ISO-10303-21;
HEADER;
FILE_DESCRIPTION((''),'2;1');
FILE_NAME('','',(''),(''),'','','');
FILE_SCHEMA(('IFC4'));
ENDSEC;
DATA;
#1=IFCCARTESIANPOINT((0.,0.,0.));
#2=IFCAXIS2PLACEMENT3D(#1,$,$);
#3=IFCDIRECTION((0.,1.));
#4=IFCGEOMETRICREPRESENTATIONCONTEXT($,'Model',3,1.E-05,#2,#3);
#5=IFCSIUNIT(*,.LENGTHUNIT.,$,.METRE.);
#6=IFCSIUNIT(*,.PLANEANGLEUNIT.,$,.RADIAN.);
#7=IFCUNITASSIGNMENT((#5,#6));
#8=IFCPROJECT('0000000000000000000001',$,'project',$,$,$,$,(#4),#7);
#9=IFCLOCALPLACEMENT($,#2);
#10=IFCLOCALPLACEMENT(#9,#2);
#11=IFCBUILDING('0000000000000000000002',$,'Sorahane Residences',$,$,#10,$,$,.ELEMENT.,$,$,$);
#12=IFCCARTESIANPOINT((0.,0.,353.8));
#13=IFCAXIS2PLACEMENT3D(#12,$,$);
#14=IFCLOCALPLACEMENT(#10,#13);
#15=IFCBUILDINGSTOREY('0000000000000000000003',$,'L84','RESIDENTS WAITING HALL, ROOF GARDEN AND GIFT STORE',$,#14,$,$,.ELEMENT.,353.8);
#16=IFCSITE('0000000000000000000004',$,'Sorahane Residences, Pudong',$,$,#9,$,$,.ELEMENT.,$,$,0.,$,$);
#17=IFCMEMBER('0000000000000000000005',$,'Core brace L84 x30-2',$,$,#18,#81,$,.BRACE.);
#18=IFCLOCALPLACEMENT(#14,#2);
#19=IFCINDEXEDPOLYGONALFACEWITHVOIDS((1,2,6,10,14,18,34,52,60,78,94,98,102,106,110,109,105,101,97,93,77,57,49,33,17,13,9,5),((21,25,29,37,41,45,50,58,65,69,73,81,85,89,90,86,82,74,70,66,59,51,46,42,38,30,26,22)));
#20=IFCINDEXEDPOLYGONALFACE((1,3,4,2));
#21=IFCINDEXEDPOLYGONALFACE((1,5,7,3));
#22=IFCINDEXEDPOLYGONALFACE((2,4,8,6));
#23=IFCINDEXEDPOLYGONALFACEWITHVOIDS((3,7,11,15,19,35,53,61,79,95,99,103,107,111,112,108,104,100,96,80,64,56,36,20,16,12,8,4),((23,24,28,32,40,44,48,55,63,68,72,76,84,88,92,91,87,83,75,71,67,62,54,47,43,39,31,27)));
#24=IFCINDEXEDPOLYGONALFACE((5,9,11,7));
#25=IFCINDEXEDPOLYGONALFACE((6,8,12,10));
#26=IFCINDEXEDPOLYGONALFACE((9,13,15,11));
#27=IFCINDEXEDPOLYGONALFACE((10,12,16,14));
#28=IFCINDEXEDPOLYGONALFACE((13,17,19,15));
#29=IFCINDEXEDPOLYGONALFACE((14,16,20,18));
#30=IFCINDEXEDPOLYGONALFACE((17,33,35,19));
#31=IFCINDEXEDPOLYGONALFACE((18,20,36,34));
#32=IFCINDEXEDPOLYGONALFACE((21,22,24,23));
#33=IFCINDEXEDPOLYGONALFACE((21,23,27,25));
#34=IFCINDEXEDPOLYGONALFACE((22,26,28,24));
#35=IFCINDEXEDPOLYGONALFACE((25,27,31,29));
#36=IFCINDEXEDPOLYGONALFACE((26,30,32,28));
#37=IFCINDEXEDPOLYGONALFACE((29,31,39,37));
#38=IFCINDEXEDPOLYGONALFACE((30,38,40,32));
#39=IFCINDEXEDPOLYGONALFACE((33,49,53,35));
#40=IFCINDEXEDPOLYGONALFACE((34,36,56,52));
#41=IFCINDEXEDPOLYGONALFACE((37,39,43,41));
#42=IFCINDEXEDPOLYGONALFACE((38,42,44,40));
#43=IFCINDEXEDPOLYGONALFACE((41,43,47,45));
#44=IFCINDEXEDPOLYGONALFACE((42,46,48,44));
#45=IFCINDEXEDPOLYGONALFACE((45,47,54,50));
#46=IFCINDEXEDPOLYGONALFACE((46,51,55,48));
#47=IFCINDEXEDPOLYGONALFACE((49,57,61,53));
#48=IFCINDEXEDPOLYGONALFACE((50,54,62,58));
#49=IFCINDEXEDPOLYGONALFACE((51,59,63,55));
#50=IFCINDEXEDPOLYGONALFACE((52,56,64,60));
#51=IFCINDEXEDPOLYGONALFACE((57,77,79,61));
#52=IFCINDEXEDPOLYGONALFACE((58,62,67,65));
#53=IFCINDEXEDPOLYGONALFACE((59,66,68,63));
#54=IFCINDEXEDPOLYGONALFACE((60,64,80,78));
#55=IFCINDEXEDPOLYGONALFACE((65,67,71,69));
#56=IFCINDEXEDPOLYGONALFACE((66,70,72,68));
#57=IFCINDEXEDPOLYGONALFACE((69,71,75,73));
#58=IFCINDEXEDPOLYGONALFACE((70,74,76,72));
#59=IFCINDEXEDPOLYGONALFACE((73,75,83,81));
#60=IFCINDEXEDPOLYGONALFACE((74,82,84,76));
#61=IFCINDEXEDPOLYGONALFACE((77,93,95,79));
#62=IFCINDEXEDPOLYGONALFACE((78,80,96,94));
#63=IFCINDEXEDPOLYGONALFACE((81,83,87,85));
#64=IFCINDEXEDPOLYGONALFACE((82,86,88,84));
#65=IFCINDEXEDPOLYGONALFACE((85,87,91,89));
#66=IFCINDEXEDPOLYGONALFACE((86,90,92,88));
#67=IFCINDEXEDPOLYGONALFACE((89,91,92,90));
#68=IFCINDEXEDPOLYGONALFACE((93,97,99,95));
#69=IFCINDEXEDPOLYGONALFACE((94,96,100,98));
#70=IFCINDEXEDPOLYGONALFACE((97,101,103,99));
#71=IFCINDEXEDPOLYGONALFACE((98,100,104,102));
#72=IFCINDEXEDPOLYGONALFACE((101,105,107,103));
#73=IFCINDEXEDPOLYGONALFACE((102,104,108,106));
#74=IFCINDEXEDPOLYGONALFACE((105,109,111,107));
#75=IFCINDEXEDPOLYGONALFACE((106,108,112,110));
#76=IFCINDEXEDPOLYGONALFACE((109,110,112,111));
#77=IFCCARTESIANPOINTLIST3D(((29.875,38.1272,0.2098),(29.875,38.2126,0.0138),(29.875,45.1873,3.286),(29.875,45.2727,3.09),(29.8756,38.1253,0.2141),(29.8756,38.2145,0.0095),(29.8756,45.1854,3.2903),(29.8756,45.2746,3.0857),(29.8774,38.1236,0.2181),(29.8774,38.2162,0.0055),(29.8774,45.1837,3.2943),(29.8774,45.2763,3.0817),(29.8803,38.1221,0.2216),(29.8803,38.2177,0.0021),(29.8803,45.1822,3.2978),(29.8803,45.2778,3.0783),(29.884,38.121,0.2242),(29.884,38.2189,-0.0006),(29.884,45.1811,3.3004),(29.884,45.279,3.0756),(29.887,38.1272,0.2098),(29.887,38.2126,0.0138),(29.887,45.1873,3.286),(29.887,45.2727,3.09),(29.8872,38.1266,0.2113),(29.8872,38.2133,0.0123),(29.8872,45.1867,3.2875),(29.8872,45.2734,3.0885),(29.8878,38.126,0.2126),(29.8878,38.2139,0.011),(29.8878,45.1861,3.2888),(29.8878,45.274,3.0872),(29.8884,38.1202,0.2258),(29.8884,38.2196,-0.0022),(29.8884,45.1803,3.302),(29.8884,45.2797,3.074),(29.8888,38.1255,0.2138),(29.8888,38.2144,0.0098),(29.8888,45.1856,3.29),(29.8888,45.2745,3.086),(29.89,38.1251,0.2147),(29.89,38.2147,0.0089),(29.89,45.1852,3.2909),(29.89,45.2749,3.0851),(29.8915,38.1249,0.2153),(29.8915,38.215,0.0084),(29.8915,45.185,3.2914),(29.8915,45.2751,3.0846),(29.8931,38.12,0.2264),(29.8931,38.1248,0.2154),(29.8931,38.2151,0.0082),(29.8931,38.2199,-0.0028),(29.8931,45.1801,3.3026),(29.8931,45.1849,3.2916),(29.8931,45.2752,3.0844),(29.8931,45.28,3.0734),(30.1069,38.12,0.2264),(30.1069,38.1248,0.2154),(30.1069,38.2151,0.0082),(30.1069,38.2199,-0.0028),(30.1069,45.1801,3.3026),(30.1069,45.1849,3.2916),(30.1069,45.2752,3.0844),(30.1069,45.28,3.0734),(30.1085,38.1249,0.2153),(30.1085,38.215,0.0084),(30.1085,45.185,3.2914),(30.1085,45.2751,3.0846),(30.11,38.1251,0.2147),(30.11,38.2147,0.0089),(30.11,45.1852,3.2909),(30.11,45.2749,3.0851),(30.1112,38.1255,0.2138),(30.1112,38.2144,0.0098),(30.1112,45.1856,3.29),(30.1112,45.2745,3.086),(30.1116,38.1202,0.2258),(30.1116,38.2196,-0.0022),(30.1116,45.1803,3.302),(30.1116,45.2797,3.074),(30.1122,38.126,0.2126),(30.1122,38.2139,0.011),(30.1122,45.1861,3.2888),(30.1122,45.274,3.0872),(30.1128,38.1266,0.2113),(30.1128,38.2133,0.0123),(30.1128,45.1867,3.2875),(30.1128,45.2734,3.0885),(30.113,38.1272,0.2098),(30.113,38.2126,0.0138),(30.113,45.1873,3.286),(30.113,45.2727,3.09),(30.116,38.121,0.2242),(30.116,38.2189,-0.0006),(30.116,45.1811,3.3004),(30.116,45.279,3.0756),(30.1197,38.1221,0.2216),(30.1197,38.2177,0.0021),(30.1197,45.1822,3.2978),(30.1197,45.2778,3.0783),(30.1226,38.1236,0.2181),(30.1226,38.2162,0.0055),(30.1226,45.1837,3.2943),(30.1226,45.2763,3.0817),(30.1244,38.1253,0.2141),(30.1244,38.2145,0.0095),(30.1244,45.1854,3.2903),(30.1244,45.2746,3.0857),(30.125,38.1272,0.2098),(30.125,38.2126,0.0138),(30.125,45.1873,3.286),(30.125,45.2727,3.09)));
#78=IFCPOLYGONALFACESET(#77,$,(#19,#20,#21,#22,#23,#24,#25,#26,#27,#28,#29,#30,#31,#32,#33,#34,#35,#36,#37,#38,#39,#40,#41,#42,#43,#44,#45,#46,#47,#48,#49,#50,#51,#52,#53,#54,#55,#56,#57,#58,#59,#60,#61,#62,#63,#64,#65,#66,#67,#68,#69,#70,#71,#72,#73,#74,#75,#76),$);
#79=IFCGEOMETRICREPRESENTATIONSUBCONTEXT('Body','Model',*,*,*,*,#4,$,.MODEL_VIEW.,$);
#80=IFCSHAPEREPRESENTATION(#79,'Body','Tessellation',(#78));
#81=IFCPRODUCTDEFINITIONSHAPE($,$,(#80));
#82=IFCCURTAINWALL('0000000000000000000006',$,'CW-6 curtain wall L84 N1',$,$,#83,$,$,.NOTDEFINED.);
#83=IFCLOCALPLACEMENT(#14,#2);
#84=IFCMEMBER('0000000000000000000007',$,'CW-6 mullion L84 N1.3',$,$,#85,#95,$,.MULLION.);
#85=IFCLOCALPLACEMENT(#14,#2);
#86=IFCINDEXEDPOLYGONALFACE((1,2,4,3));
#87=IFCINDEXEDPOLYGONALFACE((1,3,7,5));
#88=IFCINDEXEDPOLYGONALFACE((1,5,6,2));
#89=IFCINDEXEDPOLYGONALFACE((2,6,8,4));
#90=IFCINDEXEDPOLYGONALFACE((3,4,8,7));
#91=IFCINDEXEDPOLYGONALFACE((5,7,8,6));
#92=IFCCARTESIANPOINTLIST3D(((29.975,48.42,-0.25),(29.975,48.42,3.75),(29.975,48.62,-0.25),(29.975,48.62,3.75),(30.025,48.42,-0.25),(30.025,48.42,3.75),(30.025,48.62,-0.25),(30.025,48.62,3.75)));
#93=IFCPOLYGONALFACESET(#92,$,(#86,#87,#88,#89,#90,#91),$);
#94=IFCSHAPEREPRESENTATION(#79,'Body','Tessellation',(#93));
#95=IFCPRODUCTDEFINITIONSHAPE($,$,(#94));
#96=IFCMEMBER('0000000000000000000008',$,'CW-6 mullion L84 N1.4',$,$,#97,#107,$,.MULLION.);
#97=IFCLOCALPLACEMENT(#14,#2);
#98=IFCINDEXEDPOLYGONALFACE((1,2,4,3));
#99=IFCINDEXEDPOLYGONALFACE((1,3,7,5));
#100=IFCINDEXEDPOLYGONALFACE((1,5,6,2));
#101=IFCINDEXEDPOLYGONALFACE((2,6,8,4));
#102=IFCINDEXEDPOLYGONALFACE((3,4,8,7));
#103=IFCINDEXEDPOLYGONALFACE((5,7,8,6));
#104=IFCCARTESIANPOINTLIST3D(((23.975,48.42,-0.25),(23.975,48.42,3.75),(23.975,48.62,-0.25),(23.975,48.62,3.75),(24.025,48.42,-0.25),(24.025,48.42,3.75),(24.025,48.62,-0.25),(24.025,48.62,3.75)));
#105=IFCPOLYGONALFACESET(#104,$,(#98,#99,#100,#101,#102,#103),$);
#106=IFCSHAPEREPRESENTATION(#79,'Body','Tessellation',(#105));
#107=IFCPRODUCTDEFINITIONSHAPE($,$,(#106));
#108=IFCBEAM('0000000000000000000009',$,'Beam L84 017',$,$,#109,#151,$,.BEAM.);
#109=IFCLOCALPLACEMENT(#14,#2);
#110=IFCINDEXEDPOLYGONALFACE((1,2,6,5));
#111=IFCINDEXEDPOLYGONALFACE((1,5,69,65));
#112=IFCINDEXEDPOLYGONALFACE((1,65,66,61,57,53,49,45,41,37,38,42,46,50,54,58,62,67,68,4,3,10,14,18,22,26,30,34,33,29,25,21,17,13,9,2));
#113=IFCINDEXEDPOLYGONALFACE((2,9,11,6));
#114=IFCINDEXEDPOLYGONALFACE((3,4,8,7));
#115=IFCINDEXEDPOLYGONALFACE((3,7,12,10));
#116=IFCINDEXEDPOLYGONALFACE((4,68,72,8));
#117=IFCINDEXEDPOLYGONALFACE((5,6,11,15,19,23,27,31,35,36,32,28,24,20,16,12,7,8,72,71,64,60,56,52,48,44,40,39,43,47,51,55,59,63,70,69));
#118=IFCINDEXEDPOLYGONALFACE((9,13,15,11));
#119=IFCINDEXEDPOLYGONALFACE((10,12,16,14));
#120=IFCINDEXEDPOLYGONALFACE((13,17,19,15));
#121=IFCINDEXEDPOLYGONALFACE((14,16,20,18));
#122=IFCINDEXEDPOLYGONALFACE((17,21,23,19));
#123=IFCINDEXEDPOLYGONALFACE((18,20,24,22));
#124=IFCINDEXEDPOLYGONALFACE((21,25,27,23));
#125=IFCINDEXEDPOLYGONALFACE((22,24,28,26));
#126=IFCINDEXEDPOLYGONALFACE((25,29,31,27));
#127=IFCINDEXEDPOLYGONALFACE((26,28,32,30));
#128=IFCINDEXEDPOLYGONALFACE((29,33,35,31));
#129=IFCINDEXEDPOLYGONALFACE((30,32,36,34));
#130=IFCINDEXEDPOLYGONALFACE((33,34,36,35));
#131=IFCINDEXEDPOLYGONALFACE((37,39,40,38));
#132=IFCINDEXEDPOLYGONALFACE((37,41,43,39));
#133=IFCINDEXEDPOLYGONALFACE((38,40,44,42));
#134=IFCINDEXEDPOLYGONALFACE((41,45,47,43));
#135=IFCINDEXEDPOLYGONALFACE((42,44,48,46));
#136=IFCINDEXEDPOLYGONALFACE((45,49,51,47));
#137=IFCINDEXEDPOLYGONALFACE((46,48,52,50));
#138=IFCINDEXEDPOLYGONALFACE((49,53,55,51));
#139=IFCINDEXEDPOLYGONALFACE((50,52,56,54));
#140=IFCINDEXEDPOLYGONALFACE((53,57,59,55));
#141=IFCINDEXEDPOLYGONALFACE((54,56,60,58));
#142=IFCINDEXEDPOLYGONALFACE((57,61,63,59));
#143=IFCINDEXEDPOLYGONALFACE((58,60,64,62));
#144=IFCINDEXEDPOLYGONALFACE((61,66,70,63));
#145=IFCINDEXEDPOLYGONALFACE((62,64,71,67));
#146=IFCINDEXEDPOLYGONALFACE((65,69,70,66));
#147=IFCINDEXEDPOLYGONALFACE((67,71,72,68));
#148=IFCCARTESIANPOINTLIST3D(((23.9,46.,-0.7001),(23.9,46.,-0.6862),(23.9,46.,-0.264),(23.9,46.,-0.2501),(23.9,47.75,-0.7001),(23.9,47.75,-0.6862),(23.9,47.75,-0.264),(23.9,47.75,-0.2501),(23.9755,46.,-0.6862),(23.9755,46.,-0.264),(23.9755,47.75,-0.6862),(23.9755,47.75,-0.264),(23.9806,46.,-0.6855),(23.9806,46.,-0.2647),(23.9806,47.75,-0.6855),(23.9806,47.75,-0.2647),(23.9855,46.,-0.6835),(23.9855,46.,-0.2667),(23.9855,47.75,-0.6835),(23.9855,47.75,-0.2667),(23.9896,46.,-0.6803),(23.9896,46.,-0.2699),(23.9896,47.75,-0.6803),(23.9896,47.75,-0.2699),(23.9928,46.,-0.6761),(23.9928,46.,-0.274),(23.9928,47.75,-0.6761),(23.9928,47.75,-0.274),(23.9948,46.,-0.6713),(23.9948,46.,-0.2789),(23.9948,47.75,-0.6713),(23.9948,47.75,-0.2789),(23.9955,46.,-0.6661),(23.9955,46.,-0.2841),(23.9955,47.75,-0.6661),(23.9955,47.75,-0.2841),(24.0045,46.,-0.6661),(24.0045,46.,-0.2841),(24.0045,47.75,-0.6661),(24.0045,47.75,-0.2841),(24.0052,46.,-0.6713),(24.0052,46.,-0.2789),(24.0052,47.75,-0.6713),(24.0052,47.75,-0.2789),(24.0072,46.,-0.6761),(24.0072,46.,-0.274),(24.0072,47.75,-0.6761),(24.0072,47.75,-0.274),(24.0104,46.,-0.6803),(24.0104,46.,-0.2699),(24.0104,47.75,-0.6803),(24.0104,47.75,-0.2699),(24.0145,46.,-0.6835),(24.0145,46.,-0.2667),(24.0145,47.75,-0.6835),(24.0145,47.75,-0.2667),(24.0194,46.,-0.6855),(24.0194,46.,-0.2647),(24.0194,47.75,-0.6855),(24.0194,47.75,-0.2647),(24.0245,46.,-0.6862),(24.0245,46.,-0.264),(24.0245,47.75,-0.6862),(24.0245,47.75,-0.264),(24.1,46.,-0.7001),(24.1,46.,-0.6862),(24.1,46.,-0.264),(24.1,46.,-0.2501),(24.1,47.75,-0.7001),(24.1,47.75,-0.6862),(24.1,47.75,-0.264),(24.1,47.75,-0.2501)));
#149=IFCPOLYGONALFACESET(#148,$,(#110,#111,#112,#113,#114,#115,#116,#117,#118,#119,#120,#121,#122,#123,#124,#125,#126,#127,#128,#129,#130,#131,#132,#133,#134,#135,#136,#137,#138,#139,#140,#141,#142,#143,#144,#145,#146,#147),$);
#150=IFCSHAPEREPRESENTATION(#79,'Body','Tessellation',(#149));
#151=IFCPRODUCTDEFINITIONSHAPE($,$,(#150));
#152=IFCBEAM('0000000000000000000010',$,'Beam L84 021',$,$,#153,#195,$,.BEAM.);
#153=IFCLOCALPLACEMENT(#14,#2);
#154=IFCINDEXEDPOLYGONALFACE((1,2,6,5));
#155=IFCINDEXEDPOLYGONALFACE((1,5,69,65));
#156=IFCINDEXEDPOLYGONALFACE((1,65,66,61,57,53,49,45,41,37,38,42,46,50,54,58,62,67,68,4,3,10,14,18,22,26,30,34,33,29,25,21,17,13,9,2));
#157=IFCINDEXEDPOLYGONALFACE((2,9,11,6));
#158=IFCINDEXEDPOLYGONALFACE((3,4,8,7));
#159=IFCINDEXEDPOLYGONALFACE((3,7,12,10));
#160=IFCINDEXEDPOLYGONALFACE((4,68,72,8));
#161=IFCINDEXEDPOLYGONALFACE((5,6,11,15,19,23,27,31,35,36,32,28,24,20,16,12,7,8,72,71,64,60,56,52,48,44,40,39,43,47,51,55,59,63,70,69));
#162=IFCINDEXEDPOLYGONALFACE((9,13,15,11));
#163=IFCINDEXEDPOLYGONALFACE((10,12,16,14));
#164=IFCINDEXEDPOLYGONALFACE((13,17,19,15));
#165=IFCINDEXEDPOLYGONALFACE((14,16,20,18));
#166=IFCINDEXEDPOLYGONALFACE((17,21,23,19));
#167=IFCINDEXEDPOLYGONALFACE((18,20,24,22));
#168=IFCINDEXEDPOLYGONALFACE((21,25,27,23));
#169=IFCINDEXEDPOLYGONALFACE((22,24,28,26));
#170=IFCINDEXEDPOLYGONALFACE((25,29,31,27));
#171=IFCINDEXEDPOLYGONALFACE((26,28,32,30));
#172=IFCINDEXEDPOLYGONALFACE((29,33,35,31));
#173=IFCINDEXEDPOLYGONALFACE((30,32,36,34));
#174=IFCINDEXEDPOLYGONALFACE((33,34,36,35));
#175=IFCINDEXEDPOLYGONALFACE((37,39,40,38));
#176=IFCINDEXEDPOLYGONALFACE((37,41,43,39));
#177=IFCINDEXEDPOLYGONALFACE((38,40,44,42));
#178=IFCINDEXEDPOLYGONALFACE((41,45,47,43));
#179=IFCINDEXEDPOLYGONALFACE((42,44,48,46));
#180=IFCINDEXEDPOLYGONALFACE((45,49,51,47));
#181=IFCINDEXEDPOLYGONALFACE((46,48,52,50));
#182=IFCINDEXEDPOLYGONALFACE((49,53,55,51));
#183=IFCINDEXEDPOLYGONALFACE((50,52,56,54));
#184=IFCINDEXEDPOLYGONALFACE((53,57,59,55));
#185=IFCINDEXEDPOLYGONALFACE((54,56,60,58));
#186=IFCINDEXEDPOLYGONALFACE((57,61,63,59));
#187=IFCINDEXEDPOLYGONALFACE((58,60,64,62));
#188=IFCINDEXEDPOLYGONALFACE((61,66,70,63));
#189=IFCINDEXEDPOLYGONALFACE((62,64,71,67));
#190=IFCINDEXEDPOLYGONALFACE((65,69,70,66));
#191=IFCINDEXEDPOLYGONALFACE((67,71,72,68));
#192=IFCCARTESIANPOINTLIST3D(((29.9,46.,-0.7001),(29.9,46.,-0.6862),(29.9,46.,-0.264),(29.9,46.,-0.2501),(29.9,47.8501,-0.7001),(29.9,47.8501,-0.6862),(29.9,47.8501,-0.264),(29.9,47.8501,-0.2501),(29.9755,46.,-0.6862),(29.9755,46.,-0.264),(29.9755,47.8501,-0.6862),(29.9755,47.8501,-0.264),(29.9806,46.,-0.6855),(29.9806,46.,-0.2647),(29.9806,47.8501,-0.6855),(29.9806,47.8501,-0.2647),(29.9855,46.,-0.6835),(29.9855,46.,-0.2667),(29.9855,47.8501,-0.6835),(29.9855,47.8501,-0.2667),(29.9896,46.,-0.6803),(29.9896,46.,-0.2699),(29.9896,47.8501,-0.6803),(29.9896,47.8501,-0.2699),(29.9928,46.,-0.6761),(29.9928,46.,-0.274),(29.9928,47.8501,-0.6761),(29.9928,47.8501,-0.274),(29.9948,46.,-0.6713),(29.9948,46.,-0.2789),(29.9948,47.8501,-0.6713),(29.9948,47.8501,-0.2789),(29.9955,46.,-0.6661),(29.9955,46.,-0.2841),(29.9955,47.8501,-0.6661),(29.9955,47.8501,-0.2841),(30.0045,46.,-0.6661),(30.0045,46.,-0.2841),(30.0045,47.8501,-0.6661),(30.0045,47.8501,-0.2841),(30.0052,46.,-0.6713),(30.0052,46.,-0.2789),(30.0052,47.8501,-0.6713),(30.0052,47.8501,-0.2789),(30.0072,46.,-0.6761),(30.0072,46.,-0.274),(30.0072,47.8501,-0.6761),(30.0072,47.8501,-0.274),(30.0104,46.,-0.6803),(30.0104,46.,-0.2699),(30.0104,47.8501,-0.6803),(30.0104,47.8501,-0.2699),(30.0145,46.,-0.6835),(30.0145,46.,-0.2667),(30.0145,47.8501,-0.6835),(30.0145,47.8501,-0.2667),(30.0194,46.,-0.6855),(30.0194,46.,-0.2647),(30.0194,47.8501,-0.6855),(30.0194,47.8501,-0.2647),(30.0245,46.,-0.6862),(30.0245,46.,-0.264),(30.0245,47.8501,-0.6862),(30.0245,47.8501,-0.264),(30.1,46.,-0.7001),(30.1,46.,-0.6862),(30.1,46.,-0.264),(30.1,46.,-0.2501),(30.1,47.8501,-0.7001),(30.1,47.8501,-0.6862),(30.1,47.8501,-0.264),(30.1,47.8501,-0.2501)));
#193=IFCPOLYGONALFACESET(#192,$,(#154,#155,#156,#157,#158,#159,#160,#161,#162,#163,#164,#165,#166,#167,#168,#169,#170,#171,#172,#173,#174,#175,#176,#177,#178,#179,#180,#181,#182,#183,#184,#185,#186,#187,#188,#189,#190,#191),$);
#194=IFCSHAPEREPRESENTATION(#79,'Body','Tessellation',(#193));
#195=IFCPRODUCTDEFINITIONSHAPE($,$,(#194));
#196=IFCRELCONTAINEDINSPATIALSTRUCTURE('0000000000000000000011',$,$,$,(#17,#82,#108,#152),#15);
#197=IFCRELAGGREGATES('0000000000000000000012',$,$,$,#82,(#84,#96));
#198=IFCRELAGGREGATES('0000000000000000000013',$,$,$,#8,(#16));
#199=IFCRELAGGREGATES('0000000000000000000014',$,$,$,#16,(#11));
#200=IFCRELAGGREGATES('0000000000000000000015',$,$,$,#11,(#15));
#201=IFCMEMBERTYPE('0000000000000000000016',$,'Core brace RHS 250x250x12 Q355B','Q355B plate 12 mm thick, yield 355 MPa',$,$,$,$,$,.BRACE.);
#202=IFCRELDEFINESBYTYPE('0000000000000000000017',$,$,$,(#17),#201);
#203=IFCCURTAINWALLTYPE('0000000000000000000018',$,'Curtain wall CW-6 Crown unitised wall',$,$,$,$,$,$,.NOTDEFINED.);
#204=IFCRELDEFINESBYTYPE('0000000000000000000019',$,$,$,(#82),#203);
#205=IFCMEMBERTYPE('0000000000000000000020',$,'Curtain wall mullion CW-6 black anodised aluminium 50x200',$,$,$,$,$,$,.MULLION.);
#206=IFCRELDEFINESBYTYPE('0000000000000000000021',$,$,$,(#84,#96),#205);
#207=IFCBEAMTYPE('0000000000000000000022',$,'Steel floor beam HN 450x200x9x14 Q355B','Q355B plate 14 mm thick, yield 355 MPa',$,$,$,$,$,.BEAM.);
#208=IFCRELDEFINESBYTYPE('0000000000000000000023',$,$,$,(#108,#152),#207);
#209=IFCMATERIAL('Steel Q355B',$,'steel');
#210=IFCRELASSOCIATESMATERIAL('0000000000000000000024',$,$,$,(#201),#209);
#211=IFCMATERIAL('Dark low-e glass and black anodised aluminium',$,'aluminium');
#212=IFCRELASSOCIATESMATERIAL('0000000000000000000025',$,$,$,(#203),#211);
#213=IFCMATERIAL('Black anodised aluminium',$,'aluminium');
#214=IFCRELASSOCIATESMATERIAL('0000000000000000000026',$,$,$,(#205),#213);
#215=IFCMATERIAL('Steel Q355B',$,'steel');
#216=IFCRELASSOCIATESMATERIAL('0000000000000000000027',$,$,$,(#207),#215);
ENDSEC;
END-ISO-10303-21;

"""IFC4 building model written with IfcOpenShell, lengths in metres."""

from ifc_helpers import new_model, si_unit, direction, frame, origin, origin_2d, place, context, subcontext, project, spatial, rectangle, hollow_rectangle, i_section, extrude, material, material_profile, profile_set, type_object, element, aggregate, save


model = new_model("IFC4")

# Units and contexts
model_context = context("Model", 3, precision=1e-05, world=origin(), true_north=direction((0.0, 1.0)))
body_context = subcontext(model_context, "Body", "Model", "MODEL_VIEW")
ifc_project = project(units=[si_unit("LENGTHUNIT", "METRE"), si_unit("PLANEANGLEUNIT", "RADIAN")], contexts=[model_context])

# Site, building, storey
site_placement = place(None, origin())
site = spatial("IfcSite", under=ifc_project, at=site_placement, Name="Sorahane Residences, Pudong", CompositionType="ELEMENT", RefElevation=0.0)
building_placement = place(site_placement, origin())
building = spatial("IfcBuilding", under=site, at=building_placement, Name="Sorahane Residences", CompositionType="ELEMENT")
storey_placement = place(building_placement, frame((0.0, 0.0, 353.8)))
storey = spatial("IfcBuildingStorey", under=building, at=storey_placement, Name="L84", Description="RESIDENTS WAITING HALL, ROOF GARDEN AND GIFT STORE", CompositionType="ELEMENT", Elevation=353.8)

# Member
ifc_material_1 = material(Name="Steel Q355B", Category="steel")
ifc_material_profile_1 = material_profile(ifc_material_1, hollow_rectangle(XDim=0.25, YDim=0.25, WallThickness=0.012, InnerFilletRadius=0.0061, OuterFilletRadius=0.0181, at=origin_2d()), Name="RHS 250x250x12")
ifc_profile_set_1 = profile_set([ifc_material_profile_1], Name="Steel Q355B")
member_type_1 = type_object("IfcMemberType", Name="Core brace RHS 250x250x12 Q355B", Description="Q355B plate 12 mm thick, yield 355 MPa", PredefinedType="BRACE", material=ifc_profile_set_1)
member_1_placement = place(storey_placement, frame((30.0, 38.1699, 0.1118), z_axis=(0.0, 0.916757, 0.399445), x_axis=(-1.0, 0.0, 0.0)))
element("IfcMember", 1, at=member_1_placement, inside=storey, type_object=member_type_1, Name="Core brace L84 x30-2", PredefinedType="BRACE", context=body_context, shape_type="SweptSolid", body=[
    extrude(hollow_rectangle(XDim=0.25, YDim=0.25, WallThickness=0.012, InnerFilletRadius=0.0061, OuterFilletRadius=0.0181, at=origin_2d()), origin(), (0.0, 0.0, 1.0), 7.7012),
])

# Curtain wall, members
ifc_material_2 = material(Name="Dark low-e glass and black anodised aluminium", Category="aluminium")
curtain_wall_type = type_object("IfcCurtainWallType", Name="Curtain wall CW-6 Crown unitised wall", PredefinedType="NOTDEFINED", material=ifc_material_2)
curtain_wall_placement = place(storey_placement, origin())
curtain_wall = element("IfcCurtainWall", 2, at=curtain_wall_placement, inside=storey, type_object=curtain_wall_type, Name="CW-6 curtain wall L84 N1", PredefinedType="NOTDEFINED")
ifc_material_3 = material(Name="Black anodised aluminium", Category="aluminium")
ifc_material_profile_2 = material_profile(ifc_material_3, rectangle(XDim=0.2, YDim=0.05, at=origin_2d()), Name="Curtain wall mullion CW-6 black anodised aluminium 50x200")
ifc_profile_set_2 = profile_set([ifc_material_profile_2], Name="Black anodised aluminium")
member_type_2 = type_object("IfcMemberType", Name="Curtain wall mullion CW-6 black anodised aluminium 50x200", PredefinedType="MULLION", material=ifc_profile_set_2)
member_2_placement = place(storey_placement, frame((30.0, 48.52, -0.25), z_axis=(0.0, 0.0, 1.0), x_axis=(0.0, 1.0, 0.0)))
member_2 = element("IfcMember", 3, at=member_2_placement, type_object=member_type_2, Name="CW-6 mullion L84 N1.3", PredefinedType="MULLION", context=body_context, shape_type="SweptSolid", body=[
    extrude(rectangle(XDim=0.2, YDim=0.05, at=origin_2d()), origin(), (0.0, 0.0, 1.0), 4.0),
])
member_3_placement = place(storey_placement, frame((24.0, 48.52, -0.25), z_axis=(0.0, 0.0, 1.0), x_axis=(0.0, 1.0, 0.0)))
member_3 = element("IfcMember", 4, at=member_3_placement, type_object=member_type_2, Name="CW-6 mullion L84 N1.4", PredefinedType="MULLION", context=body_context, shape_type="SweptSolid", body=[
    extrude(rectangle(XDim=0.2, YDim=0.05, at=origin_2d()), origin(), (0.0, 0.0, 1.0), 4.0),
])

# Beams
ifc_material_4 = material(Name="Steel Q355B", Category="steel")
ifc_material_profile_3 = material_profile(ifc_material_4, i_section(OverallWidth=0.2, OverallDepth=0.45, WebThickness=0.009, FlangeThickness=0.0139, FilletRadius=0.02, at=origin_2d()), Name="HN 450x200x9x14")
ifc_profile_set_3 = profile_set([ifc_material_profile_3], Name="Steel Q355B")
beam_type_1 = type_object("IfcBeamType", Name="Steel floor beam HN 450x200x9x14 Q355B", Description="Q355B plate 14 mm thick, yield 355 MPa", PredefinedType="BEAM", material=ifc_profile_set_3)
beam_1_placement = place(storey_placement, frame((24.0, 46.0, -0.4751), z_axis=(0.0, 1.0, 0.0), x_axis=(-1.0, 0.0, 0.0)))
element("IfcBeam", 5, at=beam_1_placement, inside=storey, type_object=beam_type_1, Name="Beam L84 017", PredefinedType="BEAM", context=body_context, shape_type="SweptSolid", body=[
    extrude(i_section(OverallWidth=0.2, OverallDepth=0.45, WebThickness=0.009, FlangeThickness=0.0139, FilletRadius=0.02, at=origin_2d()), origin(), (0.0, 0.0, 1.0), 1.75),
])
beam_2_placement = place(storey_placement, frame((30.0, 46.0, -0.4751), z_axis=(0.0, 1.0, 0.0), x_axis=(-1.0, 0.0, 0.0)))
element("IfcBeam", 6, at=beam_2_placement, inside=storey, type_object=beam_type_1, Name="Beam L84 021", PredefinedType="BEAM", context=body_context, shape_type="SweptSolid", body=[
    extrude(i_section(OverallWidth=0.2, OverallDepth=0.45, WebThickness=0.009, FlangeThickness=0.0139, FilletRadius=0.02, at=origin_2d()), origin(), (0.0, 0.0, 1.0), 1.8501),
])

aggregate(curtain_wall, [member_2, member_3])

save(model, "model.ifc")
